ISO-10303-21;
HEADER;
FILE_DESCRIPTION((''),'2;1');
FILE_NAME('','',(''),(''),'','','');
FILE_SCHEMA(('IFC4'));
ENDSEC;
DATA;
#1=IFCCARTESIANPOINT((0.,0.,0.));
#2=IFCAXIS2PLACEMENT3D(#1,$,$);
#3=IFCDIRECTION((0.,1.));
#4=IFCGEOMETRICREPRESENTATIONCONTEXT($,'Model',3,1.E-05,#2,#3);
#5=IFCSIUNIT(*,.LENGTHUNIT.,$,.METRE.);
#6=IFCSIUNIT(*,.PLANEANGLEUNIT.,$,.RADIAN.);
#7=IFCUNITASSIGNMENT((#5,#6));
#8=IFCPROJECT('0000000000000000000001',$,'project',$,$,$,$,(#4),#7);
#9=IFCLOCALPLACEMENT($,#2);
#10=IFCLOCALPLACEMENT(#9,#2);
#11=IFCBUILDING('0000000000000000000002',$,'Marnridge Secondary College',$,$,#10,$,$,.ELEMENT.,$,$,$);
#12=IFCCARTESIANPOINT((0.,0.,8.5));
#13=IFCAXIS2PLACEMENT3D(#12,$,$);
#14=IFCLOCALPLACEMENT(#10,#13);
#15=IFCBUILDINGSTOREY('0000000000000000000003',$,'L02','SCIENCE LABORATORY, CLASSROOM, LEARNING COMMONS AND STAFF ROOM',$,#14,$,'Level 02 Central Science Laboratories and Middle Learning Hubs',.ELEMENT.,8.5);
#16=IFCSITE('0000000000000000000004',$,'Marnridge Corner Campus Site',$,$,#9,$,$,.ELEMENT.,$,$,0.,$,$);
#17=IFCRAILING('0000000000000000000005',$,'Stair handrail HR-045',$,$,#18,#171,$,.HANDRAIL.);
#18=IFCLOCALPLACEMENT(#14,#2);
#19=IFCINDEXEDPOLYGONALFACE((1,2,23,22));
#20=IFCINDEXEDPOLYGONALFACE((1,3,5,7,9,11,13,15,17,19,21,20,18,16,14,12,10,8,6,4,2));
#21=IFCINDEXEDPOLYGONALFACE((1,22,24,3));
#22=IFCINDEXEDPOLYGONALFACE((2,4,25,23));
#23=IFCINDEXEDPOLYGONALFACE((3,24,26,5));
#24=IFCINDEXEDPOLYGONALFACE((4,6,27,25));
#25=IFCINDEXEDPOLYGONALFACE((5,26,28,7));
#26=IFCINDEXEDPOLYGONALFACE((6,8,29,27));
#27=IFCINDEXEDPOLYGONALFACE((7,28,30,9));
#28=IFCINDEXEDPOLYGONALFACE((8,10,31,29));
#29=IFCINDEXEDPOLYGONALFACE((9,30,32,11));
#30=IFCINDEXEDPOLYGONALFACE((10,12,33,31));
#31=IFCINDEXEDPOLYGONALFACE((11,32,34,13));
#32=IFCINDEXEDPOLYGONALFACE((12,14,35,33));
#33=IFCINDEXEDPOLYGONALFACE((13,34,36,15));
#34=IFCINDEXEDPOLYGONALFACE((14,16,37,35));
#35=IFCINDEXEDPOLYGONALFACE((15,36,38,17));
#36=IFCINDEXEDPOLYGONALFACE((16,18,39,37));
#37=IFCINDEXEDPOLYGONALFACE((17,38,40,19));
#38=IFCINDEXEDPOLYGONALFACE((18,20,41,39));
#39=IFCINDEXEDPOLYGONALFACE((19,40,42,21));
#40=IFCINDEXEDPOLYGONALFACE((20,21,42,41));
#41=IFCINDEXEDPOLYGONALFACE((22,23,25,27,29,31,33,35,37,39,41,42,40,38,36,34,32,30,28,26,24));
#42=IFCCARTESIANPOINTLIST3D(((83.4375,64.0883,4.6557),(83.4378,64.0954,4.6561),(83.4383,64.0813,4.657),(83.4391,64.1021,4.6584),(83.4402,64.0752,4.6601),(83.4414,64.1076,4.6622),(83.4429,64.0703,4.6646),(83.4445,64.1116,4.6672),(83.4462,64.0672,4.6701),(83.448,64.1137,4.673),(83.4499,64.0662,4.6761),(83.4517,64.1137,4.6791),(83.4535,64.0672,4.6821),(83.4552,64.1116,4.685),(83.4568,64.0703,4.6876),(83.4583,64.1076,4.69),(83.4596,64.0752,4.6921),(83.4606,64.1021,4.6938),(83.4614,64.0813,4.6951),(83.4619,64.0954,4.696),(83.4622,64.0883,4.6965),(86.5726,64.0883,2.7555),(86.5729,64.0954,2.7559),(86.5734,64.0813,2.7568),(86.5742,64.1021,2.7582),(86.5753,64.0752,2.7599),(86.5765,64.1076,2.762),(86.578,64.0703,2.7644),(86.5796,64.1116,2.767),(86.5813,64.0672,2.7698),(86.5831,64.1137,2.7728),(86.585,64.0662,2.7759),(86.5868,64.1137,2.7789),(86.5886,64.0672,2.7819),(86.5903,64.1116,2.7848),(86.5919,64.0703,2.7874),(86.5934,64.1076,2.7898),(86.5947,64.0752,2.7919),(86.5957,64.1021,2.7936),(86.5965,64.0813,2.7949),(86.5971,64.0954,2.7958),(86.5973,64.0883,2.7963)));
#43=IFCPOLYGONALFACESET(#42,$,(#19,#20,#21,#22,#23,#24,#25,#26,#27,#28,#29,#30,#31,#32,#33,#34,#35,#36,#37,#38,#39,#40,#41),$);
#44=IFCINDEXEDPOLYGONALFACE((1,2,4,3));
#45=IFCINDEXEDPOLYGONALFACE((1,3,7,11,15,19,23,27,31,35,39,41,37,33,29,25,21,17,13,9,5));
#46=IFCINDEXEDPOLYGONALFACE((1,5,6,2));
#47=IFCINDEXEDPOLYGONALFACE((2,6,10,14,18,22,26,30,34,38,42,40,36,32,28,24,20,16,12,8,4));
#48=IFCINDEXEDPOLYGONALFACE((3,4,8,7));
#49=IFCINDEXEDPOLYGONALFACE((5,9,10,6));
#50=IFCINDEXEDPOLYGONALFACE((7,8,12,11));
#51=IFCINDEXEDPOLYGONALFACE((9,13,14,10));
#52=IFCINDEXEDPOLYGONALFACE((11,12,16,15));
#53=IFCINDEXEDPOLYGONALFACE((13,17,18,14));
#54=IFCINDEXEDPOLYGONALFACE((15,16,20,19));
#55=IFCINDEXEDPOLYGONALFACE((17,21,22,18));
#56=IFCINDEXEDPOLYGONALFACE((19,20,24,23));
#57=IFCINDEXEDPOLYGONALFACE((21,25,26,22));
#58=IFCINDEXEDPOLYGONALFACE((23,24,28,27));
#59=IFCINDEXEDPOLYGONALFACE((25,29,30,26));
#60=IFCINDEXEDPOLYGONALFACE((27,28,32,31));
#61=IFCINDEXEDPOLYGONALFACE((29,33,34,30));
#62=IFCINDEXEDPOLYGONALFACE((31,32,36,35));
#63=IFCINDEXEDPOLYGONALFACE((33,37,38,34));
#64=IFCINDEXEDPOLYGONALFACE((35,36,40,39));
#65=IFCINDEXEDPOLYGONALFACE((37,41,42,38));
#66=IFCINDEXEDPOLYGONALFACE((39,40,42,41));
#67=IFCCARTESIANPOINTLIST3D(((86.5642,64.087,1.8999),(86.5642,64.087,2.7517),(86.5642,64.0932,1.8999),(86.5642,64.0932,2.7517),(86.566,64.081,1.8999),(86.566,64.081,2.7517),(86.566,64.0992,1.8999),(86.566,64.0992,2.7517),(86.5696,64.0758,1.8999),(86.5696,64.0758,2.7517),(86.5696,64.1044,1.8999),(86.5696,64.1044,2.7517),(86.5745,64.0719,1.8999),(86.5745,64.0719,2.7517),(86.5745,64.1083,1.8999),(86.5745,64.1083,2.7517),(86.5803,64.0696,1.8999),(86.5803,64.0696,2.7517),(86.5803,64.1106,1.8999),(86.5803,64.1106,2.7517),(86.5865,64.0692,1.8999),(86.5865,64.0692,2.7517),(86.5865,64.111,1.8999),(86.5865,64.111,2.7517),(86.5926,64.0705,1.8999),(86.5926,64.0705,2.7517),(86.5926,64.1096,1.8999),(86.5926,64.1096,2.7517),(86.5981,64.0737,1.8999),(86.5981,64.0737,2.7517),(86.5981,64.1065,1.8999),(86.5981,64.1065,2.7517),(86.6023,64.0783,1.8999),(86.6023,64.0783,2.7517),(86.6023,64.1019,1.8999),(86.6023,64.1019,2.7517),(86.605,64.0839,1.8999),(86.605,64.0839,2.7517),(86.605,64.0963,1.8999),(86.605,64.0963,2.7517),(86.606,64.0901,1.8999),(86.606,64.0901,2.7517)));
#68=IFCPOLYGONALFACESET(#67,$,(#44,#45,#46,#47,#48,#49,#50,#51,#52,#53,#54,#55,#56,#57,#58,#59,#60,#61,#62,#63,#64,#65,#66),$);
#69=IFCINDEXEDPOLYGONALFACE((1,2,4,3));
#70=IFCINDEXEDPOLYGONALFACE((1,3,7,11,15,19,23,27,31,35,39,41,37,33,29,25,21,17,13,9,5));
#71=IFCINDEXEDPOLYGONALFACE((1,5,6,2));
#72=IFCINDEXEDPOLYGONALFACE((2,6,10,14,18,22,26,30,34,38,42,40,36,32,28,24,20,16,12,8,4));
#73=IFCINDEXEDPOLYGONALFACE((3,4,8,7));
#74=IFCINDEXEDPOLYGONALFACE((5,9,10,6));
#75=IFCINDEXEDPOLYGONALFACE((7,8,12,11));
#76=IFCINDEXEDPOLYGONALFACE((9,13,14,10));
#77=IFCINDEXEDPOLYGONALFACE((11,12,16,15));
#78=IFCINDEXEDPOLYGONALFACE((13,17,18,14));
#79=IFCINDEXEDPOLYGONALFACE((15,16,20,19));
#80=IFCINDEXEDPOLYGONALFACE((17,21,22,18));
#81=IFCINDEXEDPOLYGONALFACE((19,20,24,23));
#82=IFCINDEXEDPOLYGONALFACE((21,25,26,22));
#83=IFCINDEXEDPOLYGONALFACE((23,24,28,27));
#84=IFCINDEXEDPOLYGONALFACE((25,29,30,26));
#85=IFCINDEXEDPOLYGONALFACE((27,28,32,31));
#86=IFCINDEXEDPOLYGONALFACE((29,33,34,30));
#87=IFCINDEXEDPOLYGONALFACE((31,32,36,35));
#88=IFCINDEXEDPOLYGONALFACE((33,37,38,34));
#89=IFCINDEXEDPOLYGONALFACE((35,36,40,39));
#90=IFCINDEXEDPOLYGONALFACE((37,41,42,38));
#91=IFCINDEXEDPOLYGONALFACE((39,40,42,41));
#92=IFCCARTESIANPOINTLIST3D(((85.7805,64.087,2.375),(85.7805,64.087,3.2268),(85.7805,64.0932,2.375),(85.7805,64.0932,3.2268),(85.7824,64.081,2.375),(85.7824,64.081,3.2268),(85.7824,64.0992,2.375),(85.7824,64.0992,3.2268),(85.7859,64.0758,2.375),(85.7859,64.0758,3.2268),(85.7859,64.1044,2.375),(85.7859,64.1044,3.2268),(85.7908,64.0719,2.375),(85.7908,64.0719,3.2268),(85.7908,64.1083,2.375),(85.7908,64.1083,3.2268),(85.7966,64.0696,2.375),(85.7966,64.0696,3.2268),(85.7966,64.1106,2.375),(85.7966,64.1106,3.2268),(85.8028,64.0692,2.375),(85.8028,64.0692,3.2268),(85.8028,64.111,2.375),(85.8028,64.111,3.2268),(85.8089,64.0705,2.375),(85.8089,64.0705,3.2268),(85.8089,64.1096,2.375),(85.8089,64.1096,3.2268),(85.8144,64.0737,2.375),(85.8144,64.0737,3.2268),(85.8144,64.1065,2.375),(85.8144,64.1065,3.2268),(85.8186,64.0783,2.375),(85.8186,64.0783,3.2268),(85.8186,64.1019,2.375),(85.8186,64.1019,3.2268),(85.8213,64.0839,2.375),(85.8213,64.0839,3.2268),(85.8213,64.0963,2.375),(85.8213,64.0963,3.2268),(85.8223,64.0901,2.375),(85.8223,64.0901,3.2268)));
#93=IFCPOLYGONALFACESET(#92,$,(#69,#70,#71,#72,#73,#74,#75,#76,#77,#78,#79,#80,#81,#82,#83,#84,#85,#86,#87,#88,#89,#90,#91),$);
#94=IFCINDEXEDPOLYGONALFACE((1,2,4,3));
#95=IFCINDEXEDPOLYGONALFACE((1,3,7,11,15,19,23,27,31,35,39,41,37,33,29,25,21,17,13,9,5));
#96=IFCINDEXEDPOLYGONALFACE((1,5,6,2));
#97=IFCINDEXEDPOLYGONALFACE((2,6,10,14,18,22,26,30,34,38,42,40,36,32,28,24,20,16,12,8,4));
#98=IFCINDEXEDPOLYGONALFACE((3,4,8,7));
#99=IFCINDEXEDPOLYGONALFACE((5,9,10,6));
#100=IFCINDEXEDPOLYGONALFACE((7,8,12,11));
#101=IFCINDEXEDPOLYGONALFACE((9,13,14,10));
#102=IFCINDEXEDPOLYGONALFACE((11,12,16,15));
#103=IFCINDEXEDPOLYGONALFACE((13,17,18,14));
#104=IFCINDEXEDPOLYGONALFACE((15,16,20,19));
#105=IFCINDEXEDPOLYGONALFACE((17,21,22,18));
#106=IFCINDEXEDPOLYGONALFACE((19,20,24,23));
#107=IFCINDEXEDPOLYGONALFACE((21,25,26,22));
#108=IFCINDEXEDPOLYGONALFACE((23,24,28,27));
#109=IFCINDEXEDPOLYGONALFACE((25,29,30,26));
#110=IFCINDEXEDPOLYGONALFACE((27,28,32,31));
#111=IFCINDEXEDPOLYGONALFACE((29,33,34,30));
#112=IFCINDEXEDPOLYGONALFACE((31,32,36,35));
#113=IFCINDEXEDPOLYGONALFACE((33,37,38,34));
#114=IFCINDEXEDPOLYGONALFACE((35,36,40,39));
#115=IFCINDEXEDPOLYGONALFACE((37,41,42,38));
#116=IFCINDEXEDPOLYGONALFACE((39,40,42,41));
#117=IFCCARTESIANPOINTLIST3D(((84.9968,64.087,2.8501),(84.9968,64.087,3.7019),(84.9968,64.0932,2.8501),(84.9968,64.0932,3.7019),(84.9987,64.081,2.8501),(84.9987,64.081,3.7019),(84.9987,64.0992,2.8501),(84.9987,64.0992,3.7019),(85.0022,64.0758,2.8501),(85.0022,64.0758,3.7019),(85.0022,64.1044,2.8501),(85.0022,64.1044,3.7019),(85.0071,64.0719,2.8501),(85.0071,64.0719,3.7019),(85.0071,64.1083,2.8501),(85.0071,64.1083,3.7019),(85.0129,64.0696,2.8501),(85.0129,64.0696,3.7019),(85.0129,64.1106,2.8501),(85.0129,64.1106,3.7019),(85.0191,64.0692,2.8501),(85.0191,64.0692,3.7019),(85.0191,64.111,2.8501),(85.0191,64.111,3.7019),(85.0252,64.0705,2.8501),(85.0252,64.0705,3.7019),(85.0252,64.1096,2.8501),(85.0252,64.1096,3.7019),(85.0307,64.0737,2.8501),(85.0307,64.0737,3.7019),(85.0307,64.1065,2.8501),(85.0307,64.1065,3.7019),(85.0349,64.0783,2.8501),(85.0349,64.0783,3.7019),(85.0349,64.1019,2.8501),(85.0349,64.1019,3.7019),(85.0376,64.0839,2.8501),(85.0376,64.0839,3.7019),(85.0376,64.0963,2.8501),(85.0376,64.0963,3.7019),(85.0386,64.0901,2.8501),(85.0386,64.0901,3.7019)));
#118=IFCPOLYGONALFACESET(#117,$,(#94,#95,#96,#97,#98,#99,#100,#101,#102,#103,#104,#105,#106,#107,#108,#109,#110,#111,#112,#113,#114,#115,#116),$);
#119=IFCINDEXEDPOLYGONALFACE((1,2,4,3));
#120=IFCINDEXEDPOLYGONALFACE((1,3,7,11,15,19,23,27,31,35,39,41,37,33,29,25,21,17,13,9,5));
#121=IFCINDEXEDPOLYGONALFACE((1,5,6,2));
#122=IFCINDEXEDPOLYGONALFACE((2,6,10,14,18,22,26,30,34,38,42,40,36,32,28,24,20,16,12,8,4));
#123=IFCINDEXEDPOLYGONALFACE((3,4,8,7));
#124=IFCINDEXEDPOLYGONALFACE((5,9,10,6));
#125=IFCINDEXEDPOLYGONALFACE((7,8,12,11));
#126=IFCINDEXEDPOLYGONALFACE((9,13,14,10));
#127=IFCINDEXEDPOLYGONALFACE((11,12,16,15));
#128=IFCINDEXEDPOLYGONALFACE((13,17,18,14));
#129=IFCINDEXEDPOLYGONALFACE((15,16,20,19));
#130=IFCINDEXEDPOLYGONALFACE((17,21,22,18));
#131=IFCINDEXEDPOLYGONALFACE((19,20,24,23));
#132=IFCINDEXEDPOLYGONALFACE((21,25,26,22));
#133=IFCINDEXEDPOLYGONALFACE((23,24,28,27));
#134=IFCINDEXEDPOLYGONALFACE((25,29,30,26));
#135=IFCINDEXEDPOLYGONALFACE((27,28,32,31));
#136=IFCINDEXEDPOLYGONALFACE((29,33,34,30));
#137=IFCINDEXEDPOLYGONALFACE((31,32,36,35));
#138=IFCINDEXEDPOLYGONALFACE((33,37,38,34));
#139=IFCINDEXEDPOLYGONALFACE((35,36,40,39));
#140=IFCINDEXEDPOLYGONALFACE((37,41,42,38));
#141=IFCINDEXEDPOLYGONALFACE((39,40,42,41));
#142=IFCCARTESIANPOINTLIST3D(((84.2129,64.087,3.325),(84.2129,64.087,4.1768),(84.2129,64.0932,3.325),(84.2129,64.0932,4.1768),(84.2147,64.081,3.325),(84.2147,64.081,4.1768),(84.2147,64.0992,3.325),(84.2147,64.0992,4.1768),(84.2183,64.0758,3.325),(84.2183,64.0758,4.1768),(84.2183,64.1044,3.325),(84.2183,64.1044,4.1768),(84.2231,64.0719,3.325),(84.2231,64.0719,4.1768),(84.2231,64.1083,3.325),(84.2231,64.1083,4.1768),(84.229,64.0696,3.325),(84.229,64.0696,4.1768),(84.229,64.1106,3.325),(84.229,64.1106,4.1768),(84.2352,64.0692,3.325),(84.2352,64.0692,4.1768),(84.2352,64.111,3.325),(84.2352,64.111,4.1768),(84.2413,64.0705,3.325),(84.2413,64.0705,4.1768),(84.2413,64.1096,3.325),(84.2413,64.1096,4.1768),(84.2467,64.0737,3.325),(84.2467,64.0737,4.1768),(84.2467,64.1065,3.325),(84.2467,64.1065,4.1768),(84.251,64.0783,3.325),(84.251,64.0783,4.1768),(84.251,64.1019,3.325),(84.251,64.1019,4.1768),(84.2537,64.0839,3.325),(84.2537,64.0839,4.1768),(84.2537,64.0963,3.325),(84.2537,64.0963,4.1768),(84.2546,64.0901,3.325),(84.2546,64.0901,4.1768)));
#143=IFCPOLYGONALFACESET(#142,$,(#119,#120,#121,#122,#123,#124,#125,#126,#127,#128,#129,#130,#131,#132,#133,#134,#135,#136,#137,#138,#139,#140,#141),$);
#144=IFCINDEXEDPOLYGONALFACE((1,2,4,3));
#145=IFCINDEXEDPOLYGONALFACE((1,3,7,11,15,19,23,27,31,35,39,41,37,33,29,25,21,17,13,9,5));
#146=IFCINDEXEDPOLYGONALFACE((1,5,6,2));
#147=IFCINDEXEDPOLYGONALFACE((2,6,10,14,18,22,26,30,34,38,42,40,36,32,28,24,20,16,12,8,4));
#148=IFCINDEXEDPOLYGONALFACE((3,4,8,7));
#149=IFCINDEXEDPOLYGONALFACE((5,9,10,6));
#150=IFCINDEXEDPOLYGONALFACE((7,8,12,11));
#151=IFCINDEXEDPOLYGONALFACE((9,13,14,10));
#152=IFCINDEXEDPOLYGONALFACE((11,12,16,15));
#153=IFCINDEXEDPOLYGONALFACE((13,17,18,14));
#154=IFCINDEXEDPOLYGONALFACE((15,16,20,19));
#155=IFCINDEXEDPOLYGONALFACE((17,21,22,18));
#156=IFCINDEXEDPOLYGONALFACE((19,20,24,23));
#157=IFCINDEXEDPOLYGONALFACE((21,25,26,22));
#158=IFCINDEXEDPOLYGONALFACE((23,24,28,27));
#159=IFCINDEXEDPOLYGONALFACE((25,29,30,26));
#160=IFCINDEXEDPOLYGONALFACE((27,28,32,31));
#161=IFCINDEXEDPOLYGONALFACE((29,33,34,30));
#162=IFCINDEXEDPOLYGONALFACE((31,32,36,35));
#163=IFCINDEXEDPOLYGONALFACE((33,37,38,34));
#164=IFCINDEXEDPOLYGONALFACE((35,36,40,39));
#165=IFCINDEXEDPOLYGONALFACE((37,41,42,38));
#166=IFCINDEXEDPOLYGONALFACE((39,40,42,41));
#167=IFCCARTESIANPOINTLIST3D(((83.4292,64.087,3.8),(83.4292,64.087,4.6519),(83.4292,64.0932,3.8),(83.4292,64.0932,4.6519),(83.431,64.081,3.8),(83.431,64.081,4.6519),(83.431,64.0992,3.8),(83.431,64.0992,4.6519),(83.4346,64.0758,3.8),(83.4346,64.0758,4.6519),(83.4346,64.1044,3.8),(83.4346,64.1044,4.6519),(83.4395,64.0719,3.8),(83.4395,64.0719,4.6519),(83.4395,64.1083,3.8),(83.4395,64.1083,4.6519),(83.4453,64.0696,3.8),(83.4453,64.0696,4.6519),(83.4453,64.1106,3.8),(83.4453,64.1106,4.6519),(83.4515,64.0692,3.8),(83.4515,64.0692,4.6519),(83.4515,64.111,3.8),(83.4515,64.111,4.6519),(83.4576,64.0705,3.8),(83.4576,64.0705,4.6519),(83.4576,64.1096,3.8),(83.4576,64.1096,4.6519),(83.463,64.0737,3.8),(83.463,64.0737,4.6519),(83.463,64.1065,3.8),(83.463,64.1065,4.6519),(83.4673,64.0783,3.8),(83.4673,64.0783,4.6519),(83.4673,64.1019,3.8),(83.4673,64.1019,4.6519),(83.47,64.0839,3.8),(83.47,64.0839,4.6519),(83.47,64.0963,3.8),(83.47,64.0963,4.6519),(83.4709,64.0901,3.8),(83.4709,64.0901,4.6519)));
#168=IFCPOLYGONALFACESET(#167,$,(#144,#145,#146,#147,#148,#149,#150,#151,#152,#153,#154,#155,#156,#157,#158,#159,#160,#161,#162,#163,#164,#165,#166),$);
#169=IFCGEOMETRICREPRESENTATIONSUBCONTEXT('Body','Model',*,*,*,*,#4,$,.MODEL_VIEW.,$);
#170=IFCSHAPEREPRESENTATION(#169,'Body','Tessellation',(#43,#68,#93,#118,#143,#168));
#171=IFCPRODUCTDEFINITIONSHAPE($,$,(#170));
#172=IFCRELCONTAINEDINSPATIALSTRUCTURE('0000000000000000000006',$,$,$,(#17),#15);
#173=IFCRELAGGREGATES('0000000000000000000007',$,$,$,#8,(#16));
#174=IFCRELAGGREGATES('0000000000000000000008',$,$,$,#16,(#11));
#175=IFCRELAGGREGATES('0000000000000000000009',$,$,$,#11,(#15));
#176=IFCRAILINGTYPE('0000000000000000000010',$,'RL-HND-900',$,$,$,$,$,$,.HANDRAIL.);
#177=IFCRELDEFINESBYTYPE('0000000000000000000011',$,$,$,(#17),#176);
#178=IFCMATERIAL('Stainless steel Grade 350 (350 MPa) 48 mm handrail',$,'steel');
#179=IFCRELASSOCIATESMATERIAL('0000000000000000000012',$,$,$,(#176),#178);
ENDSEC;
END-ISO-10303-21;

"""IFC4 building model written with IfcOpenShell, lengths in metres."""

from ifc_helpers import new_model, si_unit, direction, frame, origin, origin_2d, place, context, subcontext, project, spatial, circle, extrude, material, type_object, element, save


model = new_model("IFC4")

# Units and contexts
model_context = context("Model", 3, precision=1e-05, world=origin(), true_north=direction((0.0, 1.0)))
body_context = subcontext(model_context, "Body", "Model", "MODEL_VIEW")
ifc_project = project(units=[si_unit("LENGTHUNIT", "METRE"), si_unit("PLANEANGLEUNIT", "RADIAN")], contexts=[model_context])

# Site, building, storey
site_placement = place(None, origin())
site = spatial("IfcSite", under=ifc_project, at=site_placement, Name="Marnridge Corner Campus Site", CompositionType="ELEMENT", RefElevation=0.0)
building_placement = place(site_placement, origin())
building = spatial("IfcBuilding", under=site, at=building_placement, Name="Marnridge Secondary College", CompositionType="ELEMENT")
storey_placement = place(building_placement, frame((0.0, 0.0, 8.5)))
storey = spatial("IfcBuildingStorey", under=building, at=storey_placement, Name="L02", Description="SCIENCE LABORATORY, CLASSROOM, LEARNING COMMONS AND STAFF ROOM", LongName="Level 02 Central Science Laboratories and Middle Learning Hubs", CompositionType="ELEMENT", Elevation=8.5)

# Railing
ifc_material_1 = material(Name="Stainless steel Grade 350 (350 MPa) 48 mm handrail", Category="steel")
railing_type_1 = type_object("IfcRailingType", Name="RL-HND-900", PredefinedType="HANDRAIL", material=ifc_material_1)
for number, where, name in (
    (1, (86.585, 64.0901, 1.8999), "Stair handrail HR-045"),
):
    element("IfcRailing", number, at=place(storey_placement, frame(where)), inside=storey, type_object=railing_type_1, Name=name, PredefinedType="HANDRAIL", context=body_context, shape_type="SweptSolid", body=[
        extrude(circle(Radius=0.0239, at=origin_2d()), frame((0.0, 0.0, 0.876), z_axis=(-0.855181, 0.0, 0.51833), x_axis=(0.0, -1.0, 0.0)), (0.0, 0.0, 1.0), 3.666),
        extrude(circle(Radius=0.021, at=origin_2d()), origin(), (0.0, 0.0, 1.0), 0.8518),
        extrude(circle(Radius=0.021, at=origin_2d()), frame((-0.7837, 0.0, 0.4751)), (0.0, 0.0, 1.0), 0.8518),
        extrude(circle(Radius=0.021, at=origin_2d()), frame((-1.5674, 0.0, 0.9502)), (0.0, 0.0, 1.0), 0.8518),
        extrude(circle(Radius=0.021, at=origin_2d()), frame((-2.3513, 0.0, 1.425)), (0.0, 0.0, 1.0), 0.8518),
        extrude(circle(Radius=0.021, at=origin_2d()), frame((-3.135, 0.0, 1.9001)), (0.0, 0.0, 1.0), 0.8518),
    ])

save(model, "model.ifc")
